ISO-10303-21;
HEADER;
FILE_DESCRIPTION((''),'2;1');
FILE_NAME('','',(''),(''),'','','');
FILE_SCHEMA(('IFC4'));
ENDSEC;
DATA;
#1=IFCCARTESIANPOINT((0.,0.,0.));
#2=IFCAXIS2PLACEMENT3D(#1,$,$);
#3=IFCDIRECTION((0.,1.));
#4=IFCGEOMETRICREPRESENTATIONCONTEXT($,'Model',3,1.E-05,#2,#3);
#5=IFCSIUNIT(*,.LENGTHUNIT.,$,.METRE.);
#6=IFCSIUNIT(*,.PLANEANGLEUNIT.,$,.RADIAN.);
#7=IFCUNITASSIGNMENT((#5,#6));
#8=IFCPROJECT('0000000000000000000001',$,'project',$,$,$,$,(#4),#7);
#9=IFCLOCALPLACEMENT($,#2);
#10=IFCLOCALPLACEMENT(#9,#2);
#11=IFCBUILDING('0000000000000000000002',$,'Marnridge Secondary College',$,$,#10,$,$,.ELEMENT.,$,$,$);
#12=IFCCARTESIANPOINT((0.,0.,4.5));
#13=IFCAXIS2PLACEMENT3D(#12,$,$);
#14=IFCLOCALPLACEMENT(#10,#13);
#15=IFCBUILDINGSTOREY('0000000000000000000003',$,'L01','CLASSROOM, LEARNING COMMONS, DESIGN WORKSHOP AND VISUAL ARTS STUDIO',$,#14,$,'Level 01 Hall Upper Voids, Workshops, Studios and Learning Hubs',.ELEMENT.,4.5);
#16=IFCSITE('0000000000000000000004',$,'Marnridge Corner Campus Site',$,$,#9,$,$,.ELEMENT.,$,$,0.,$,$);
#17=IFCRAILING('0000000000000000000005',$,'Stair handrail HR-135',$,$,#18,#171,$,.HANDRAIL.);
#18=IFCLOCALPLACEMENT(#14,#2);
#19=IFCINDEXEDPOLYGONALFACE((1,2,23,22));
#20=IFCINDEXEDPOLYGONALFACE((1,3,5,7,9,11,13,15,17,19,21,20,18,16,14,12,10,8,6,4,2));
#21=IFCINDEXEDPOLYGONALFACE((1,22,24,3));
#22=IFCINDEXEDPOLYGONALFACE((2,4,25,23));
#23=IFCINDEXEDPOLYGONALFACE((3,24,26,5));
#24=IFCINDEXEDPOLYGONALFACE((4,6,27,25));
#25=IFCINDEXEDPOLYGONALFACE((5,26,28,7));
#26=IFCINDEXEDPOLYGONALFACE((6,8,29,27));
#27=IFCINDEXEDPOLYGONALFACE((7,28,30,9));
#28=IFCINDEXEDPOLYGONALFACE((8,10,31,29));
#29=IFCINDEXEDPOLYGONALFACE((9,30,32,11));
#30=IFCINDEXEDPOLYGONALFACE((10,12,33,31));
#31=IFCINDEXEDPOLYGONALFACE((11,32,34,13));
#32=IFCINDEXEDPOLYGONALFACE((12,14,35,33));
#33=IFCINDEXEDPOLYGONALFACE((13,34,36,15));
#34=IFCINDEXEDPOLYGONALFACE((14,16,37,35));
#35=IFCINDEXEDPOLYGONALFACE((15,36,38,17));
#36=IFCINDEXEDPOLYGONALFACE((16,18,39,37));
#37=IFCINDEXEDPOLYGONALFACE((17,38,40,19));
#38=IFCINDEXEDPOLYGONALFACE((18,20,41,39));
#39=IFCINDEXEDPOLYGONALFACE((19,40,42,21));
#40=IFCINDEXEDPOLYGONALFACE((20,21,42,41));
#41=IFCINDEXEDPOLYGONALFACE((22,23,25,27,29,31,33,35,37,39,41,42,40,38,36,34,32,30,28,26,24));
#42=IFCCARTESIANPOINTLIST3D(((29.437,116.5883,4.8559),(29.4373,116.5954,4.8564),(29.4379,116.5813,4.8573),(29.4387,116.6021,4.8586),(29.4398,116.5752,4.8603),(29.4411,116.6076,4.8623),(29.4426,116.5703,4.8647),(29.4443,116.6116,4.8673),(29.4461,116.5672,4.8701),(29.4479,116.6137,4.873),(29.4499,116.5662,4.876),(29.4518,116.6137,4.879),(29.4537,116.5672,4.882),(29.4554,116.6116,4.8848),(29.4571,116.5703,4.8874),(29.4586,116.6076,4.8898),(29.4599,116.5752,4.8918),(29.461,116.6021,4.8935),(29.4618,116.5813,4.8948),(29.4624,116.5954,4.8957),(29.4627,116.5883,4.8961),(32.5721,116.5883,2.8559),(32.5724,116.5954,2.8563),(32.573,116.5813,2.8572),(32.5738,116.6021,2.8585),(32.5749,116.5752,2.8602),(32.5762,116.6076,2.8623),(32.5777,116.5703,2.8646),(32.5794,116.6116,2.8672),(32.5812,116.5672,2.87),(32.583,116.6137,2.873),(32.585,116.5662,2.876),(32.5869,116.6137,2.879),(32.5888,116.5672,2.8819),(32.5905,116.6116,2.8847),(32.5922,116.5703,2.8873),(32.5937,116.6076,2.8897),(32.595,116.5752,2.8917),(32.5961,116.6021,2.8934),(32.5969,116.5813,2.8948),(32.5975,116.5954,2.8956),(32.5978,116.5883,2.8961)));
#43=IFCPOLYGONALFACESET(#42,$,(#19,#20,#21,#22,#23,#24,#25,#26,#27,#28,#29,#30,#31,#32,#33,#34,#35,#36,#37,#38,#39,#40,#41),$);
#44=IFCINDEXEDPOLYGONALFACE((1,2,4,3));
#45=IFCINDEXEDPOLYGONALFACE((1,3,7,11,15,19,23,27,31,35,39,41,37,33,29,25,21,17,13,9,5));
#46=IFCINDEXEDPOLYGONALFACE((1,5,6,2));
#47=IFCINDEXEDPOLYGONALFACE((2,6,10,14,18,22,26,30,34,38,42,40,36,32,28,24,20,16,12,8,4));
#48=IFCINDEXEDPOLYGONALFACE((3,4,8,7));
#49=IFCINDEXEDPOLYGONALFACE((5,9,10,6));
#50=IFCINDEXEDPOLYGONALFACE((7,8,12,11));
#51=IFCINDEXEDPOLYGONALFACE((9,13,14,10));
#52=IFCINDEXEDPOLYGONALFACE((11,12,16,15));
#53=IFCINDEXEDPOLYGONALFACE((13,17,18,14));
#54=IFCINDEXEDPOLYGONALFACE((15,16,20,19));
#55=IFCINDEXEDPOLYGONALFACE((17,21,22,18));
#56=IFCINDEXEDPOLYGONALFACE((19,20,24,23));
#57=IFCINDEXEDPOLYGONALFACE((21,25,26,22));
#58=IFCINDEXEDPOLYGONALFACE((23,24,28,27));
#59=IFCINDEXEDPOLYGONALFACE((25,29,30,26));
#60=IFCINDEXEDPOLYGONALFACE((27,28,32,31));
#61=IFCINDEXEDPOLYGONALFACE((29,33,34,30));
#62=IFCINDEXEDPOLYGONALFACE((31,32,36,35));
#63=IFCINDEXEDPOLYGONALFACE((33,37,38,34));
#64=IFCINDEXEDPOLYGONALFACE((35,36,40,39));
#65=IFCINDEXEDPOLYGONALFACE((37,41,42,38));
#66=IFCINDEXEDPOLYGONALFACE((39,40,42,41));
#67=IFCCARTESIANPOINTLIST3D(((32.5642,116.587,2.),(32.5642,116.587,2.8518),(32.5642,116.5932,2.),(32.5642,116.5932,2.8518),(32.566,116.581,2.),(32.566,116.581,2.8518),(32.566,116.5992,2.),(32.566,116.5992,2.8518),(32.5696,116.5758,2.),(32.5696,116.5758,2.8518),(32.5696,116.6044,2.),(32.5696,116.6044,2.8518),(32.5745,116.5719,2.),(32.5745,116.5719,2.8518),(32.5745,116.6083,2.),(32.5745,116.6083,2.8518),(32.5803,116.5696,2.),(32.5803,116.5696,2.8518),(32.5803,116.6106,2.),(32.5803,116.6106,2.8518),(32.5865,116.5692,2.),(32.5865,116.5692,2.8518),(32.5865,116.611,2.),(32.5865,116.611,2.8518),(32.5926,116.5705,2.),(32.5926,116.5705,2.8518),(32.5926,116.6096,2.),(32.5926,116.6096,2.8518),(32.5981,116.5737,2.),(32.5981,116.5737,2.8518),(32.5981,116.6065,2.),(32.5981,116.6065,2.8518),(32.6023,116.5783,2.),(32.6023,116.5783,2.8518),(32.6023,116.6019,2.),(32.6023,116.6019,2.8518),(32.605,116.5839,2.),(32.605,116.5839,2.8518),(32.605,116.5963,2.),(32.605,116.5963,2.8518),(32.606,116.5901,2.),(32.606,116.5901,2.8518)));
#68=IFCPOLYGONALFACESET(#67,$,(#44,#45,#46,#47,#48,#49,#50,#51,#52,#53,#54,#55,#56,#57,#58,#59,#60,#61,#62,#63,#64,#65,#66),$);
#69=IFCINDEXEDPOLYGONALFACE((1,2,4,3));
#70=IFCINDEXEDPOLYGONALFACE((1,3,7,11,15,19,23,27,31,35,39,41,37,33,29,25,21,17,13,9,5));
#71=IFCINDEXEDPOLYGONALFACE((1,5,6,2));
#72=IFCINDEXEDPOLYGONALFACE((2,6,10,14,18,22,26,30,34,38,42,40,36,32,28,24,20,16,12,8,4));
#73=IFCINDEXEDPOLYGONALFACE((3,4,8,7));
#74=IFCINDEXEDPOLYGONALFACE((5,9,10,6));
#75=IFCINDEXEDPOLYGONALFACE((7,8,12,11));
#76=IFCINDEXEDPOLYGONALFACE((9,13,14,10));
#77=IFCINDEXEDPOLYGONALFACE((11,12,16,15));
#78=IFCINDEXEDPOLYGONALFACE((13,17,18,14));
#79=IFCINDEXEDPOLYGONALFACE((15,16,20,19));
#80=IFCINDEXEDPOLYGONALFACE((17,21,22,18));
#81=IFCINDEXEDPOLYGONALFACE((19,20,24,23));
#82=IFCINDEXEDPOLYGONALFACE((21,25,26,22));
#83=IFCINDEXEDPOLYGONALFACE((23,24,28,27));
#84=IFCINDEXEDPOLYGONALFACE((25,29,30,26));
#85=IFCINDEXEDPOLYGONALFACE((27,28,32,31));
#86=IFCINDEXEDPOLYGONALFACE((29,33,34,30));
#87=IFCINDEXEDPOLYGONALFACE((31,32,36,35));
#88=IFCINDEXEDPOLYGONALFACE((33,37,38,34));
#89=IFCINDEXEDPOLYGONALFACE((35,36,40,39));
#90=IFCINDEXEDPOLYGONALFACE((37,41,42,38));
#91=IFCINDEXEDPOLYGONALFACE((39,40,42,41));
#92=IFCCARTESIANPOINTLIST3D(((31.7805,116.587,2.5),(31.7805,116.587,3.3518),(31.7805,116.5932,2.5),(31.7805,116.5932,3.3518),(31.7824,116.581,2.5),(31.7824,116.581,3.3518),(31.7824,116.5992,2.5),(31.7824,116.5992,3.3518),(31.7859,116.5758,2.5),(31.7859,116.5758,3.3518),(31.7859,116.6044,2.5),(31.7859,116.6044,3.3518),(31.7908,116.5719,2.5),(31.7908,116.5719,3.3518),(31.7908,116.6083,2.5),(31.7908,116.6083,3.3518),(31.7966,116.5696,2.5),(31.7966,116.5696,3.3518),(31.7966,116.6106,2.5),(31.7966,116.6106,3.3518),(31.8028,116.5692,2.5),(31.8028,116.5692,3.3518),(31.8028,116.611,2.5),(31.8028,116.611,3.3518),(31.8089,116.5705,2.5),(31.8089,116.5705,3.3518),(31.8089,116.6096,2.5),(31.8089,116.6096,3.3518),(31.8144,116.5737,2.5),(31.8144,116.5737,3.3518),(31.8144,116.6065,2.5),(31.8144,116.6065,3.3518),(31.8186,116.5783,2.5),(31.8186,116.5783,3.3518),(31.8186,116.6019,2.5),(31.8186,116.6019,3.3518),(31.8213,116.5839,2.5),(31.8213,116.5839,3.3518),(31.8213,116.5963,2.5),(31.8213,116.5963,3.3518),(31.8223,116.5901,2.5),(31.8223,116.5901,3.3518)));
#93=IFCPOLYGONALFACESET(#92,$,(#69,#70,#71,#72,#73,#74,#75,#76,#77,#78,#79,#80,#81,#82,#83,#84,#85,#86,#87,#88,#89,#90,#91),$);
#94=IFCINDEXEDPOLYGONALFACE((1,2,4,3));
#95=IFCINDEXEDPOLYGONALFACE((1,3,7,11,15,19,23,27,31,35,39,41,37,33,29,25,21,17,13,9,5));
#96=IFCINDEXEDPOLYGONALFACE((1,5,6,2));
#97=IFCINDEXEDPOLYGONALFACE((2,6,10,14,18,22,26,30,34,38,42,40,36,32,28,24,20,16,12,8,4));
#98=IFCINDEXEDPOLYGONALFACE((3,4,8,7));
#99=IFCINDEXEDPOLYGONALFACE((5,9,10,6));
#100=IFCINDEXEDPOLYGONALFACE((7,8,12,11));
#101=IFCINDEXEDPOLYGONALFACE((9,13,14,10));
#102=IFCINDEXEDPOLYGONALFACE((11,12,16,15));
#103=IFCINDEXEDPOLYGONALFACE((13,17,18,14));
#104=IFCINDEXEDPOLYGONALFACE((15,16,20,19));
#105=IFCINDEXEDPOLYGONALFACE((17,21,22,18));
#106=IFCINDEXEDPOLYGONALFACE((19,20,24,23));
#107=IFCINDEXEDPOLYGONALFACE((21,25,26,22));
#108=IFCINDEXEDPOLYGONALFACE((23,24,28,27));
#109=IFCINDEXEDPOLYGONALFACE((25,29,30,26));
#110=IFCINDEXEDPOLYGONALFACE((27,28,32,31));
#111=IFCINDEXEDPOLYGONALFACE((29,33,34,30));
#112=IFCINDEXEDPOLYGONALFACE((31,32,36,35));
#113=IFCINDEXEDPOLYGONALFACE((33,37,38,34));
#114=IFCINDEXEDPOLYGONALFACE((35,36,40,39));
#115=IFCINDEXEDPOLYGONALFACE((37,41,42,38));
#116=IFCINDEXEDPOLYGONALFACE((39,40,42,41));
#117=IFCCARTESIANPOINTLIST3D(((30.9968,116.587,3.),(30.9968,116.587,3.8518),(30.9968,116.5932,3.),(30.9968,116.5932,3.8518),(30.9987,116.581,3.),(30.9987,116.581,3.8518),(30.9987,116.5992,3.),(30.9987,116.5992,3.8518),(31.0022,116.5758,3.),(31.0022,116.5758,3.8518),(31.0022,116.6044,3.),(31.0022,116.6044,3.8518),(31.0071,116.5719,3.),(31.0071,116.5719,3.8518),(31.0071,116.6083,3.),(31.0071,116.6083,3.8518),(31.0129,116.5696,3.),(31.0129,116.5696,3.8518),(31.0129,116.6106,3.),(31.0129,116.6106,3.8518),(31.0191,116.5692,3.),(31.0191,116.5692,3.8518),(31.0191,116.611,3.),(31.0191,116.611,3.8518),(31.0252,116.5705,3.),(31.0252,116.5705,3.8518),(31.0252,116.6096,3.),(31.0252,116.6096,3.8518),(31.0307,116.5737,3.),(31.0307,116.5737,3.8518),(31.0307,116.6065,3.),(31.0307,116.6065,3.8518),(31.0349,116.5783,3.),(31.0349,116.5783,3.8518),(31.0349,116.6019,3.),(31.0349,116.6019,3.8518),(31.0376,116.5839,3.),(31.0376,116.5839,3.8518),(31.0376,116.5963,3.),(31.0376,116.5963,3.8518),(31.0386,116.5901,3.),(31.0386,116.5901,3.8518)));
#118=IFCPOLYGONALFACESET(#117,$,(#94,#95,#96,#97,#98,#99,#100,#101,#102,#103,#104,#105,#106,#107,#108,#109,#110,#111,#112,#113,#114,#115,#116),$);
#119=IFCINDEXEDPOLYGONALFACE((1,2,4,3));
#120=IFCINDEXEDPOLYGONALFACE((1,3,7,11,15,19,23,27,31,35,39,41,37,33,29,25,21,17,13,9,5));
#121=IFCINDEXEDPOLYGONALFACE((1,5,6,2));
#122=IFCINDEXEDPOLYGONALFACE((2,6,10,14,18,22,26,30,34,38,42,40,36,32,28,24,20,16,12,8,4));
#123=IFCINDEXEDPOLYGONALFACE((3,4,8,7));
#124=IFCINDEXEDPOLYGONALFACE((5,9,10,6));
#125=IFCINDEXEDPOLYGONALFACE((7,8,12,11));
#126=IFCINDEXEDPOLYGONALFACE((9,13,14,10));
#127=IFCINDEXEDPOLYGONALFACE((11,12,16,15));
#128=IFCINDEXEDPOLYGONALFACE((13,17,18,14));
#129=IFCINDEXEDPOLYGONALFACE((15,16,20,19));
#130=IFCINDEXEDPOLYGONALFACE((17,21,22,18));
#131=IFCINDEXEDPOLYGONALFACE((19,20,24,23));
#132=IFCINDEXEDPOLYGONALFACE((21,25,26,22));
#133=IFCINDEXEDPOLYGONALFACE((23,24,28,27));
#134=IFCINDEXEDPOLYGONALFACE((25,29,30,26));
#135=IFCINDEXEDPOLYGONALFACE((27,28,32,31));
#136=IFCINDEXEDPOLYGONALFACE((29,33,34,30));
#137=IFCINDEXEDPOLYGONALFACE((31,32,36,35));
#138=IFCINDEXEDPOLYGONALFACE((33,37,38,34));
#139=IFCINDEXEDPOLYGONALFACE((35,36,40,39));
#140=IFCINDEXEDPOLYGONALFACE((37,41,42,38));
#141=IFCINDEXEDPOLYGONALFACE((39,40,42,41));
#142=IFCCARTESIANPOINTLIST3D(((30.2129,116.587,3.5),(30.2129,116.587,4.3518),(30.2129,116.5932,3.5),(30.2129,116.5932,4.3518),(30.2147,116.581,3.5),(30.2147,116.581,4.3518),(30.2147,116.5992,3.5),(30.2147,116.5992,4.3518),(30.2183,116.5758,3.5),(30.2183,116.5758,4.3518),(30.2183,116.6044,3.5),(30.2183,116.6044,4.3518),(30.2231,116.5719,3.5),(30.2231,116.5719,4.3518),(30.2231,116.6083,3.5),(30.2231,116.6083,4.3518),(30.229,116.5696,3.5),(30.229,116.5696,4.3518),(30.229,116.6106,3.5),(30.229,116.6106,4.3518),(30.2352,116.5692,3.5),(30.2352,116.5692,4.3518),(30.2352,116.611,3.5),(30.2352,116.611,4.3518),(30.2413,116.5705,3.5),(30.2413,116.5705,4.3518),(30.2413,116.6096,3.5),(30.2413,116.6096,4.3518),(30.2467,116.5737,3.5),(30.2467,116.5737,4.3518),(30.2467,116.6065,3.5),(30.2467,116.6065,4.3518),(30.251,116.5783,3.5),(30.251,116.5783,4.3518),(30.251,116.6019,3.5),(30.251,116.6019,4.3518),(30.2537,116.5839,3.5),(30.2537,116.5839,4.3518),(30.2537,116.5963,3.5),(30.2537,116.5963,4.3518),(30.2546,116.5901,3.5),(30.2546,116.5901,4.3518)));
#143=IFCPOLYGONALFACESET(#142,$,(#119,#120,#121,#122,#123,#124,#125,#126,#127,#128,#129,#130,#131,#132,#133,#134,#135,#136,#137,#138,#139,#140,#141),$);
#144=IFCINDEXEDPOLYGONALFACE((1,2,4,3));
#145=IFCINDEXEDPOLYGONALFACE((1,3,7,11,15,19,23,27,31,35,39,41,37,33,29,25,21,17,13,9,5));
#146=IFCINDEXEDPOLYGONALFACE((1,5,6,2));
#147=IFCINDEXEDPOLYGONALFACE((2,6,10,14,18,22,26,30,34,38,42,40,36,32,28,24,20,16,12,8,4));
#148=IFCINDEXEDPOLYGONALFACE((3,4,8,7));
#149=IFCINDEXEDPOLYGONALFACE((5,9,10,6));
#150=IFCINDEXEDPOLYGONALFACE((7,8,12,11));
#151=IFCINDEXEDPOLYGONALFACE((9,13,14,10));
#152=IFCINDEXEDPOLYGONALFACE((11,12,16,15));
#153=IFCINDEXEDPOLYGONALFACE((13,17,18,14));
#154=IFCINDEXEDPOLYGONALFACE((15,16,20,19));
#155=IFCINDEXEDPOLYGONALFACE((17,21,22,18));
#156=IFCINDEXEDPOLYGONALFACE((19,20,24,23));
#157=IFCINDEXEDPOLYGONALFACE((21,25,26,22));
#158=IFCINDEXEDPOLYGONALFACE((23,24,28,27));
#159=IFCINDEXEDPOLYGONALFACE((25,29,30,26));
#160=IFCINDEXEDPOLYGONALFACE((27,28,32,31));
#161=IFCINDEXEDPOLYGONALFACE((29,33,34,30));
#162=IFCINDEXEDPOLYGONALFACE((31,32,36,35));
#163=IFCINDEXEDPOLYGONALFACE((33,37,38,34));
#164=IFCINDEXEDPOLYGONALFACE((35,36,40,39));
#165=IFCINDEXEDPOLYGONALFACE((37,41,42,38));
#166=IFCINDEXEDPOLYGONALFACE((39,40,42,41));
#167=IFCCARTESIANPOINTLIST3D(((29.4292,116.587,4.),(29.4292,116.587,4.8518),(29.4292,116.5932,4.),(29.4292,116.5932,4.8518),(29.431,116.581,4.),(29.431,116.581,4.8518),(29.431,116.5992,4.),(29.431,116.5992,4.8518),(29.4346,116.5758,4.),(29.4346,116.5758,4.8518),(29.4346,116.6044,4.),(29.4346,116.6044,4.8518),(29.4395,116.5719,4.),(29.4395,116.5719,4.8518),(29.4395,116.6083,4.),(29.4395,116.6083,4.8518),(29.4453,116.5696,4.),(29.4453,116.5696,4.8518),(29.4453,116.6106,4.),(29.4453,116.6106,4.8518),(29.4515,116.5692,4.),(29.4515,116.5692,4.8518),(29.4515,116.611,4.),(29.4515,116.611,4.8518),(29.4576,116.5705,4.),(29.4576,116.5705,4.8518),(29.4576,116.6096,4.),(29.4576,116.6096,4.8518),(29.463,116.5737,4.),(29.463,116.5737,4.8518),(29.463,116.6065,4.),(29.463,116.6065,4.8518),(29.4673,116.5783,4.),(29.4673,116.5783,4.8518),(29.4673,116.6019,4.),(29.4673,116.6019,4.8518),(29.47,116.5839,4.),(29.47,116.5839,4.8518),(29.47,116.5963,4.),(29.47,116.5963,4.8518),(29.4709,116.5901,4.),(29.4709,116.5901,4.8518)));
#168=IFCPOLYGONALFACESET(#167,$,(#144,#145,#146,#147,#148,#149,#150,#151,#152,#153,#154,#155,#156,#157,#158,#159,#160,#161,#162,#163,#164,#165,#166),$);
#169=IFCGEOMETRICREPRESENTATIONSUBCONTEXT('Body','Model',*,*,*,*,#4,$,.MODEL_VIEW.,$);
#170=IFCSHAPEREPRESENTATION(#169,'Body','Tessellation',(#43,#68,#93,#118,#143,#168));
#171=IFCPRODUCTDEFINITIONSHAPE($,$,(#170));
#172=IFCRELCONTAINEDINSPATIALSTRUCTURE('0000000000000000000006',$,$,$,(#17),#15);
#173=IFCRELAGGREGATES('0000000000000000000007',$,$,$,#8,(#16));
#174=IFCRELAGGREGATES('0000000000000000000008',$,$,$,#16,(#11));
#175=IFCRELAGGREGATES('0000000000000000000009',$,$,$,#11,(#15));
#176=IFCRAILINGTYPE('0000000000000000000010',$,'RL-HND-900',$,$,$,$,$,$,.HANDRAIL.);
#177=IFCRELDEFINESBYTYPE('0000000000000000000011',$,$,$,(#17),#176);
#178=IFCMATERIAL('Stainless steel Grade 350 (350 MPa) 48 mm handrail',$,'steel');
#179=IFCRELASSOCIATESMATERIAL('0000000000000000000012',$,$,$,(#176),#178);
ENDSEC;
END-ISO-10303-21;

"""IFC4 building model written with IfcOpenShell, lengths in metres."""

from ifc_helpers import new_model, si_unit, direction, frame, origin, origin_2d, place, context, subcontext, project, spatial, circle, extrude, material, type_object, element, save


model = new_model("IFC4")

# Units and contexts
model_context = context("Model", 3, precision=1e-05, world=origin(), true_north=direction((0.0, 1.0)))
body_context = subcontext(model_context, "Body", "Model", "MODEL_VIEW")
ifc_project = project(units=[si_unit("LENGTHUNIT", "METRE"), si_unit("PLANEANGLEUNIT", "RADIAN")], contexts=[model_context])

# Site, building, storey
site_placement = place(None, origin())
site = spatial("IfcSite", under=ifc_project, at=site_placement, Name="Marnridge Corner Campus Site", CompositionType="ELEMENT", RefElevation=0.0)
building_placement = place(site_placement, origin())
building = spatial("IfcBuilding", under=site, at=building_placement, Name="Marnridge Secondary College", CompositionType="ELEMENT")
storey_placement = place(building_placement, frame((0.0, 0.0, 4.5)))
storey = spatial("IfcBuildingStorey", under=building, at=storey_placement, Name="L01", Description="CLASSROOM, LEARNING COMMONS, DESIGN WORKSHOP AND VISUAL ARTS STUDIO", LongName="Level 01 Hall Upper Voids, Workshops, Studios and Learning Hubs", CompositionType="ELEMENT", Elevation=4.5)

# Railing
ifc_material_1 = material(Name="Stainless steel Grade 350 (350 MPa) 48 mm handrail", Category="steel")
railing_type_1 = type_object("IfcRailingType", Name="RL-HND-900", PredefinedType="HANDRAIL", material=ifc_material_1)
for number, where, name in (
    (1, (32.585, 116.5901, 2.0), "Stair handrail HR-135"),
):
    element("IfcRailing", number, at=place(storey_placement, frame(where)), inside=storey, type_object=railing_type_1, Name=name, PredefinedType="HANDRAIL", context=body_context, shape_type="SweptSolid", body=[
        extrude(circle(Radius=0.0239, at=origin_2d()), frame((0.0, 0.0, 0.876), z_axis=(-0.843053, 0.0, 0.537831), x_axis=(0.0, -1.0, 0.0)), (0.0, 0.0, 1.0), 3.7188),
        extrude(circle(Radius=0.021, at=origin_2d()), origin(), (0.0, 0.0, 1.0), 0.8518),
        extrude(circle(Radius=0.021, at=origin_2d()), frame((-0.7837, 0.0, 0.5)), (0.0, 0.0, 1.0), 0.8518),
        extrude(circle(Radius=0.021, at=origin_2d()), frame((-1.5674, 0.0, 1.0)), (0.0, 0.0, 1.0), 0.8518),
        extrude(circle(Radius=0.021, at=origin_2d()), frame((-2.3513, 0.0, 1.5)), (0.0, 0.0, 1.0), 0.8518),
        extrude(circle(Radius=0.021, at=origin_2d()), frame((-3.135, 0.0, 2.0)), (0.0, 0.0, 1.0), 0.8518),
    ])

save(model, "model.ifc")
